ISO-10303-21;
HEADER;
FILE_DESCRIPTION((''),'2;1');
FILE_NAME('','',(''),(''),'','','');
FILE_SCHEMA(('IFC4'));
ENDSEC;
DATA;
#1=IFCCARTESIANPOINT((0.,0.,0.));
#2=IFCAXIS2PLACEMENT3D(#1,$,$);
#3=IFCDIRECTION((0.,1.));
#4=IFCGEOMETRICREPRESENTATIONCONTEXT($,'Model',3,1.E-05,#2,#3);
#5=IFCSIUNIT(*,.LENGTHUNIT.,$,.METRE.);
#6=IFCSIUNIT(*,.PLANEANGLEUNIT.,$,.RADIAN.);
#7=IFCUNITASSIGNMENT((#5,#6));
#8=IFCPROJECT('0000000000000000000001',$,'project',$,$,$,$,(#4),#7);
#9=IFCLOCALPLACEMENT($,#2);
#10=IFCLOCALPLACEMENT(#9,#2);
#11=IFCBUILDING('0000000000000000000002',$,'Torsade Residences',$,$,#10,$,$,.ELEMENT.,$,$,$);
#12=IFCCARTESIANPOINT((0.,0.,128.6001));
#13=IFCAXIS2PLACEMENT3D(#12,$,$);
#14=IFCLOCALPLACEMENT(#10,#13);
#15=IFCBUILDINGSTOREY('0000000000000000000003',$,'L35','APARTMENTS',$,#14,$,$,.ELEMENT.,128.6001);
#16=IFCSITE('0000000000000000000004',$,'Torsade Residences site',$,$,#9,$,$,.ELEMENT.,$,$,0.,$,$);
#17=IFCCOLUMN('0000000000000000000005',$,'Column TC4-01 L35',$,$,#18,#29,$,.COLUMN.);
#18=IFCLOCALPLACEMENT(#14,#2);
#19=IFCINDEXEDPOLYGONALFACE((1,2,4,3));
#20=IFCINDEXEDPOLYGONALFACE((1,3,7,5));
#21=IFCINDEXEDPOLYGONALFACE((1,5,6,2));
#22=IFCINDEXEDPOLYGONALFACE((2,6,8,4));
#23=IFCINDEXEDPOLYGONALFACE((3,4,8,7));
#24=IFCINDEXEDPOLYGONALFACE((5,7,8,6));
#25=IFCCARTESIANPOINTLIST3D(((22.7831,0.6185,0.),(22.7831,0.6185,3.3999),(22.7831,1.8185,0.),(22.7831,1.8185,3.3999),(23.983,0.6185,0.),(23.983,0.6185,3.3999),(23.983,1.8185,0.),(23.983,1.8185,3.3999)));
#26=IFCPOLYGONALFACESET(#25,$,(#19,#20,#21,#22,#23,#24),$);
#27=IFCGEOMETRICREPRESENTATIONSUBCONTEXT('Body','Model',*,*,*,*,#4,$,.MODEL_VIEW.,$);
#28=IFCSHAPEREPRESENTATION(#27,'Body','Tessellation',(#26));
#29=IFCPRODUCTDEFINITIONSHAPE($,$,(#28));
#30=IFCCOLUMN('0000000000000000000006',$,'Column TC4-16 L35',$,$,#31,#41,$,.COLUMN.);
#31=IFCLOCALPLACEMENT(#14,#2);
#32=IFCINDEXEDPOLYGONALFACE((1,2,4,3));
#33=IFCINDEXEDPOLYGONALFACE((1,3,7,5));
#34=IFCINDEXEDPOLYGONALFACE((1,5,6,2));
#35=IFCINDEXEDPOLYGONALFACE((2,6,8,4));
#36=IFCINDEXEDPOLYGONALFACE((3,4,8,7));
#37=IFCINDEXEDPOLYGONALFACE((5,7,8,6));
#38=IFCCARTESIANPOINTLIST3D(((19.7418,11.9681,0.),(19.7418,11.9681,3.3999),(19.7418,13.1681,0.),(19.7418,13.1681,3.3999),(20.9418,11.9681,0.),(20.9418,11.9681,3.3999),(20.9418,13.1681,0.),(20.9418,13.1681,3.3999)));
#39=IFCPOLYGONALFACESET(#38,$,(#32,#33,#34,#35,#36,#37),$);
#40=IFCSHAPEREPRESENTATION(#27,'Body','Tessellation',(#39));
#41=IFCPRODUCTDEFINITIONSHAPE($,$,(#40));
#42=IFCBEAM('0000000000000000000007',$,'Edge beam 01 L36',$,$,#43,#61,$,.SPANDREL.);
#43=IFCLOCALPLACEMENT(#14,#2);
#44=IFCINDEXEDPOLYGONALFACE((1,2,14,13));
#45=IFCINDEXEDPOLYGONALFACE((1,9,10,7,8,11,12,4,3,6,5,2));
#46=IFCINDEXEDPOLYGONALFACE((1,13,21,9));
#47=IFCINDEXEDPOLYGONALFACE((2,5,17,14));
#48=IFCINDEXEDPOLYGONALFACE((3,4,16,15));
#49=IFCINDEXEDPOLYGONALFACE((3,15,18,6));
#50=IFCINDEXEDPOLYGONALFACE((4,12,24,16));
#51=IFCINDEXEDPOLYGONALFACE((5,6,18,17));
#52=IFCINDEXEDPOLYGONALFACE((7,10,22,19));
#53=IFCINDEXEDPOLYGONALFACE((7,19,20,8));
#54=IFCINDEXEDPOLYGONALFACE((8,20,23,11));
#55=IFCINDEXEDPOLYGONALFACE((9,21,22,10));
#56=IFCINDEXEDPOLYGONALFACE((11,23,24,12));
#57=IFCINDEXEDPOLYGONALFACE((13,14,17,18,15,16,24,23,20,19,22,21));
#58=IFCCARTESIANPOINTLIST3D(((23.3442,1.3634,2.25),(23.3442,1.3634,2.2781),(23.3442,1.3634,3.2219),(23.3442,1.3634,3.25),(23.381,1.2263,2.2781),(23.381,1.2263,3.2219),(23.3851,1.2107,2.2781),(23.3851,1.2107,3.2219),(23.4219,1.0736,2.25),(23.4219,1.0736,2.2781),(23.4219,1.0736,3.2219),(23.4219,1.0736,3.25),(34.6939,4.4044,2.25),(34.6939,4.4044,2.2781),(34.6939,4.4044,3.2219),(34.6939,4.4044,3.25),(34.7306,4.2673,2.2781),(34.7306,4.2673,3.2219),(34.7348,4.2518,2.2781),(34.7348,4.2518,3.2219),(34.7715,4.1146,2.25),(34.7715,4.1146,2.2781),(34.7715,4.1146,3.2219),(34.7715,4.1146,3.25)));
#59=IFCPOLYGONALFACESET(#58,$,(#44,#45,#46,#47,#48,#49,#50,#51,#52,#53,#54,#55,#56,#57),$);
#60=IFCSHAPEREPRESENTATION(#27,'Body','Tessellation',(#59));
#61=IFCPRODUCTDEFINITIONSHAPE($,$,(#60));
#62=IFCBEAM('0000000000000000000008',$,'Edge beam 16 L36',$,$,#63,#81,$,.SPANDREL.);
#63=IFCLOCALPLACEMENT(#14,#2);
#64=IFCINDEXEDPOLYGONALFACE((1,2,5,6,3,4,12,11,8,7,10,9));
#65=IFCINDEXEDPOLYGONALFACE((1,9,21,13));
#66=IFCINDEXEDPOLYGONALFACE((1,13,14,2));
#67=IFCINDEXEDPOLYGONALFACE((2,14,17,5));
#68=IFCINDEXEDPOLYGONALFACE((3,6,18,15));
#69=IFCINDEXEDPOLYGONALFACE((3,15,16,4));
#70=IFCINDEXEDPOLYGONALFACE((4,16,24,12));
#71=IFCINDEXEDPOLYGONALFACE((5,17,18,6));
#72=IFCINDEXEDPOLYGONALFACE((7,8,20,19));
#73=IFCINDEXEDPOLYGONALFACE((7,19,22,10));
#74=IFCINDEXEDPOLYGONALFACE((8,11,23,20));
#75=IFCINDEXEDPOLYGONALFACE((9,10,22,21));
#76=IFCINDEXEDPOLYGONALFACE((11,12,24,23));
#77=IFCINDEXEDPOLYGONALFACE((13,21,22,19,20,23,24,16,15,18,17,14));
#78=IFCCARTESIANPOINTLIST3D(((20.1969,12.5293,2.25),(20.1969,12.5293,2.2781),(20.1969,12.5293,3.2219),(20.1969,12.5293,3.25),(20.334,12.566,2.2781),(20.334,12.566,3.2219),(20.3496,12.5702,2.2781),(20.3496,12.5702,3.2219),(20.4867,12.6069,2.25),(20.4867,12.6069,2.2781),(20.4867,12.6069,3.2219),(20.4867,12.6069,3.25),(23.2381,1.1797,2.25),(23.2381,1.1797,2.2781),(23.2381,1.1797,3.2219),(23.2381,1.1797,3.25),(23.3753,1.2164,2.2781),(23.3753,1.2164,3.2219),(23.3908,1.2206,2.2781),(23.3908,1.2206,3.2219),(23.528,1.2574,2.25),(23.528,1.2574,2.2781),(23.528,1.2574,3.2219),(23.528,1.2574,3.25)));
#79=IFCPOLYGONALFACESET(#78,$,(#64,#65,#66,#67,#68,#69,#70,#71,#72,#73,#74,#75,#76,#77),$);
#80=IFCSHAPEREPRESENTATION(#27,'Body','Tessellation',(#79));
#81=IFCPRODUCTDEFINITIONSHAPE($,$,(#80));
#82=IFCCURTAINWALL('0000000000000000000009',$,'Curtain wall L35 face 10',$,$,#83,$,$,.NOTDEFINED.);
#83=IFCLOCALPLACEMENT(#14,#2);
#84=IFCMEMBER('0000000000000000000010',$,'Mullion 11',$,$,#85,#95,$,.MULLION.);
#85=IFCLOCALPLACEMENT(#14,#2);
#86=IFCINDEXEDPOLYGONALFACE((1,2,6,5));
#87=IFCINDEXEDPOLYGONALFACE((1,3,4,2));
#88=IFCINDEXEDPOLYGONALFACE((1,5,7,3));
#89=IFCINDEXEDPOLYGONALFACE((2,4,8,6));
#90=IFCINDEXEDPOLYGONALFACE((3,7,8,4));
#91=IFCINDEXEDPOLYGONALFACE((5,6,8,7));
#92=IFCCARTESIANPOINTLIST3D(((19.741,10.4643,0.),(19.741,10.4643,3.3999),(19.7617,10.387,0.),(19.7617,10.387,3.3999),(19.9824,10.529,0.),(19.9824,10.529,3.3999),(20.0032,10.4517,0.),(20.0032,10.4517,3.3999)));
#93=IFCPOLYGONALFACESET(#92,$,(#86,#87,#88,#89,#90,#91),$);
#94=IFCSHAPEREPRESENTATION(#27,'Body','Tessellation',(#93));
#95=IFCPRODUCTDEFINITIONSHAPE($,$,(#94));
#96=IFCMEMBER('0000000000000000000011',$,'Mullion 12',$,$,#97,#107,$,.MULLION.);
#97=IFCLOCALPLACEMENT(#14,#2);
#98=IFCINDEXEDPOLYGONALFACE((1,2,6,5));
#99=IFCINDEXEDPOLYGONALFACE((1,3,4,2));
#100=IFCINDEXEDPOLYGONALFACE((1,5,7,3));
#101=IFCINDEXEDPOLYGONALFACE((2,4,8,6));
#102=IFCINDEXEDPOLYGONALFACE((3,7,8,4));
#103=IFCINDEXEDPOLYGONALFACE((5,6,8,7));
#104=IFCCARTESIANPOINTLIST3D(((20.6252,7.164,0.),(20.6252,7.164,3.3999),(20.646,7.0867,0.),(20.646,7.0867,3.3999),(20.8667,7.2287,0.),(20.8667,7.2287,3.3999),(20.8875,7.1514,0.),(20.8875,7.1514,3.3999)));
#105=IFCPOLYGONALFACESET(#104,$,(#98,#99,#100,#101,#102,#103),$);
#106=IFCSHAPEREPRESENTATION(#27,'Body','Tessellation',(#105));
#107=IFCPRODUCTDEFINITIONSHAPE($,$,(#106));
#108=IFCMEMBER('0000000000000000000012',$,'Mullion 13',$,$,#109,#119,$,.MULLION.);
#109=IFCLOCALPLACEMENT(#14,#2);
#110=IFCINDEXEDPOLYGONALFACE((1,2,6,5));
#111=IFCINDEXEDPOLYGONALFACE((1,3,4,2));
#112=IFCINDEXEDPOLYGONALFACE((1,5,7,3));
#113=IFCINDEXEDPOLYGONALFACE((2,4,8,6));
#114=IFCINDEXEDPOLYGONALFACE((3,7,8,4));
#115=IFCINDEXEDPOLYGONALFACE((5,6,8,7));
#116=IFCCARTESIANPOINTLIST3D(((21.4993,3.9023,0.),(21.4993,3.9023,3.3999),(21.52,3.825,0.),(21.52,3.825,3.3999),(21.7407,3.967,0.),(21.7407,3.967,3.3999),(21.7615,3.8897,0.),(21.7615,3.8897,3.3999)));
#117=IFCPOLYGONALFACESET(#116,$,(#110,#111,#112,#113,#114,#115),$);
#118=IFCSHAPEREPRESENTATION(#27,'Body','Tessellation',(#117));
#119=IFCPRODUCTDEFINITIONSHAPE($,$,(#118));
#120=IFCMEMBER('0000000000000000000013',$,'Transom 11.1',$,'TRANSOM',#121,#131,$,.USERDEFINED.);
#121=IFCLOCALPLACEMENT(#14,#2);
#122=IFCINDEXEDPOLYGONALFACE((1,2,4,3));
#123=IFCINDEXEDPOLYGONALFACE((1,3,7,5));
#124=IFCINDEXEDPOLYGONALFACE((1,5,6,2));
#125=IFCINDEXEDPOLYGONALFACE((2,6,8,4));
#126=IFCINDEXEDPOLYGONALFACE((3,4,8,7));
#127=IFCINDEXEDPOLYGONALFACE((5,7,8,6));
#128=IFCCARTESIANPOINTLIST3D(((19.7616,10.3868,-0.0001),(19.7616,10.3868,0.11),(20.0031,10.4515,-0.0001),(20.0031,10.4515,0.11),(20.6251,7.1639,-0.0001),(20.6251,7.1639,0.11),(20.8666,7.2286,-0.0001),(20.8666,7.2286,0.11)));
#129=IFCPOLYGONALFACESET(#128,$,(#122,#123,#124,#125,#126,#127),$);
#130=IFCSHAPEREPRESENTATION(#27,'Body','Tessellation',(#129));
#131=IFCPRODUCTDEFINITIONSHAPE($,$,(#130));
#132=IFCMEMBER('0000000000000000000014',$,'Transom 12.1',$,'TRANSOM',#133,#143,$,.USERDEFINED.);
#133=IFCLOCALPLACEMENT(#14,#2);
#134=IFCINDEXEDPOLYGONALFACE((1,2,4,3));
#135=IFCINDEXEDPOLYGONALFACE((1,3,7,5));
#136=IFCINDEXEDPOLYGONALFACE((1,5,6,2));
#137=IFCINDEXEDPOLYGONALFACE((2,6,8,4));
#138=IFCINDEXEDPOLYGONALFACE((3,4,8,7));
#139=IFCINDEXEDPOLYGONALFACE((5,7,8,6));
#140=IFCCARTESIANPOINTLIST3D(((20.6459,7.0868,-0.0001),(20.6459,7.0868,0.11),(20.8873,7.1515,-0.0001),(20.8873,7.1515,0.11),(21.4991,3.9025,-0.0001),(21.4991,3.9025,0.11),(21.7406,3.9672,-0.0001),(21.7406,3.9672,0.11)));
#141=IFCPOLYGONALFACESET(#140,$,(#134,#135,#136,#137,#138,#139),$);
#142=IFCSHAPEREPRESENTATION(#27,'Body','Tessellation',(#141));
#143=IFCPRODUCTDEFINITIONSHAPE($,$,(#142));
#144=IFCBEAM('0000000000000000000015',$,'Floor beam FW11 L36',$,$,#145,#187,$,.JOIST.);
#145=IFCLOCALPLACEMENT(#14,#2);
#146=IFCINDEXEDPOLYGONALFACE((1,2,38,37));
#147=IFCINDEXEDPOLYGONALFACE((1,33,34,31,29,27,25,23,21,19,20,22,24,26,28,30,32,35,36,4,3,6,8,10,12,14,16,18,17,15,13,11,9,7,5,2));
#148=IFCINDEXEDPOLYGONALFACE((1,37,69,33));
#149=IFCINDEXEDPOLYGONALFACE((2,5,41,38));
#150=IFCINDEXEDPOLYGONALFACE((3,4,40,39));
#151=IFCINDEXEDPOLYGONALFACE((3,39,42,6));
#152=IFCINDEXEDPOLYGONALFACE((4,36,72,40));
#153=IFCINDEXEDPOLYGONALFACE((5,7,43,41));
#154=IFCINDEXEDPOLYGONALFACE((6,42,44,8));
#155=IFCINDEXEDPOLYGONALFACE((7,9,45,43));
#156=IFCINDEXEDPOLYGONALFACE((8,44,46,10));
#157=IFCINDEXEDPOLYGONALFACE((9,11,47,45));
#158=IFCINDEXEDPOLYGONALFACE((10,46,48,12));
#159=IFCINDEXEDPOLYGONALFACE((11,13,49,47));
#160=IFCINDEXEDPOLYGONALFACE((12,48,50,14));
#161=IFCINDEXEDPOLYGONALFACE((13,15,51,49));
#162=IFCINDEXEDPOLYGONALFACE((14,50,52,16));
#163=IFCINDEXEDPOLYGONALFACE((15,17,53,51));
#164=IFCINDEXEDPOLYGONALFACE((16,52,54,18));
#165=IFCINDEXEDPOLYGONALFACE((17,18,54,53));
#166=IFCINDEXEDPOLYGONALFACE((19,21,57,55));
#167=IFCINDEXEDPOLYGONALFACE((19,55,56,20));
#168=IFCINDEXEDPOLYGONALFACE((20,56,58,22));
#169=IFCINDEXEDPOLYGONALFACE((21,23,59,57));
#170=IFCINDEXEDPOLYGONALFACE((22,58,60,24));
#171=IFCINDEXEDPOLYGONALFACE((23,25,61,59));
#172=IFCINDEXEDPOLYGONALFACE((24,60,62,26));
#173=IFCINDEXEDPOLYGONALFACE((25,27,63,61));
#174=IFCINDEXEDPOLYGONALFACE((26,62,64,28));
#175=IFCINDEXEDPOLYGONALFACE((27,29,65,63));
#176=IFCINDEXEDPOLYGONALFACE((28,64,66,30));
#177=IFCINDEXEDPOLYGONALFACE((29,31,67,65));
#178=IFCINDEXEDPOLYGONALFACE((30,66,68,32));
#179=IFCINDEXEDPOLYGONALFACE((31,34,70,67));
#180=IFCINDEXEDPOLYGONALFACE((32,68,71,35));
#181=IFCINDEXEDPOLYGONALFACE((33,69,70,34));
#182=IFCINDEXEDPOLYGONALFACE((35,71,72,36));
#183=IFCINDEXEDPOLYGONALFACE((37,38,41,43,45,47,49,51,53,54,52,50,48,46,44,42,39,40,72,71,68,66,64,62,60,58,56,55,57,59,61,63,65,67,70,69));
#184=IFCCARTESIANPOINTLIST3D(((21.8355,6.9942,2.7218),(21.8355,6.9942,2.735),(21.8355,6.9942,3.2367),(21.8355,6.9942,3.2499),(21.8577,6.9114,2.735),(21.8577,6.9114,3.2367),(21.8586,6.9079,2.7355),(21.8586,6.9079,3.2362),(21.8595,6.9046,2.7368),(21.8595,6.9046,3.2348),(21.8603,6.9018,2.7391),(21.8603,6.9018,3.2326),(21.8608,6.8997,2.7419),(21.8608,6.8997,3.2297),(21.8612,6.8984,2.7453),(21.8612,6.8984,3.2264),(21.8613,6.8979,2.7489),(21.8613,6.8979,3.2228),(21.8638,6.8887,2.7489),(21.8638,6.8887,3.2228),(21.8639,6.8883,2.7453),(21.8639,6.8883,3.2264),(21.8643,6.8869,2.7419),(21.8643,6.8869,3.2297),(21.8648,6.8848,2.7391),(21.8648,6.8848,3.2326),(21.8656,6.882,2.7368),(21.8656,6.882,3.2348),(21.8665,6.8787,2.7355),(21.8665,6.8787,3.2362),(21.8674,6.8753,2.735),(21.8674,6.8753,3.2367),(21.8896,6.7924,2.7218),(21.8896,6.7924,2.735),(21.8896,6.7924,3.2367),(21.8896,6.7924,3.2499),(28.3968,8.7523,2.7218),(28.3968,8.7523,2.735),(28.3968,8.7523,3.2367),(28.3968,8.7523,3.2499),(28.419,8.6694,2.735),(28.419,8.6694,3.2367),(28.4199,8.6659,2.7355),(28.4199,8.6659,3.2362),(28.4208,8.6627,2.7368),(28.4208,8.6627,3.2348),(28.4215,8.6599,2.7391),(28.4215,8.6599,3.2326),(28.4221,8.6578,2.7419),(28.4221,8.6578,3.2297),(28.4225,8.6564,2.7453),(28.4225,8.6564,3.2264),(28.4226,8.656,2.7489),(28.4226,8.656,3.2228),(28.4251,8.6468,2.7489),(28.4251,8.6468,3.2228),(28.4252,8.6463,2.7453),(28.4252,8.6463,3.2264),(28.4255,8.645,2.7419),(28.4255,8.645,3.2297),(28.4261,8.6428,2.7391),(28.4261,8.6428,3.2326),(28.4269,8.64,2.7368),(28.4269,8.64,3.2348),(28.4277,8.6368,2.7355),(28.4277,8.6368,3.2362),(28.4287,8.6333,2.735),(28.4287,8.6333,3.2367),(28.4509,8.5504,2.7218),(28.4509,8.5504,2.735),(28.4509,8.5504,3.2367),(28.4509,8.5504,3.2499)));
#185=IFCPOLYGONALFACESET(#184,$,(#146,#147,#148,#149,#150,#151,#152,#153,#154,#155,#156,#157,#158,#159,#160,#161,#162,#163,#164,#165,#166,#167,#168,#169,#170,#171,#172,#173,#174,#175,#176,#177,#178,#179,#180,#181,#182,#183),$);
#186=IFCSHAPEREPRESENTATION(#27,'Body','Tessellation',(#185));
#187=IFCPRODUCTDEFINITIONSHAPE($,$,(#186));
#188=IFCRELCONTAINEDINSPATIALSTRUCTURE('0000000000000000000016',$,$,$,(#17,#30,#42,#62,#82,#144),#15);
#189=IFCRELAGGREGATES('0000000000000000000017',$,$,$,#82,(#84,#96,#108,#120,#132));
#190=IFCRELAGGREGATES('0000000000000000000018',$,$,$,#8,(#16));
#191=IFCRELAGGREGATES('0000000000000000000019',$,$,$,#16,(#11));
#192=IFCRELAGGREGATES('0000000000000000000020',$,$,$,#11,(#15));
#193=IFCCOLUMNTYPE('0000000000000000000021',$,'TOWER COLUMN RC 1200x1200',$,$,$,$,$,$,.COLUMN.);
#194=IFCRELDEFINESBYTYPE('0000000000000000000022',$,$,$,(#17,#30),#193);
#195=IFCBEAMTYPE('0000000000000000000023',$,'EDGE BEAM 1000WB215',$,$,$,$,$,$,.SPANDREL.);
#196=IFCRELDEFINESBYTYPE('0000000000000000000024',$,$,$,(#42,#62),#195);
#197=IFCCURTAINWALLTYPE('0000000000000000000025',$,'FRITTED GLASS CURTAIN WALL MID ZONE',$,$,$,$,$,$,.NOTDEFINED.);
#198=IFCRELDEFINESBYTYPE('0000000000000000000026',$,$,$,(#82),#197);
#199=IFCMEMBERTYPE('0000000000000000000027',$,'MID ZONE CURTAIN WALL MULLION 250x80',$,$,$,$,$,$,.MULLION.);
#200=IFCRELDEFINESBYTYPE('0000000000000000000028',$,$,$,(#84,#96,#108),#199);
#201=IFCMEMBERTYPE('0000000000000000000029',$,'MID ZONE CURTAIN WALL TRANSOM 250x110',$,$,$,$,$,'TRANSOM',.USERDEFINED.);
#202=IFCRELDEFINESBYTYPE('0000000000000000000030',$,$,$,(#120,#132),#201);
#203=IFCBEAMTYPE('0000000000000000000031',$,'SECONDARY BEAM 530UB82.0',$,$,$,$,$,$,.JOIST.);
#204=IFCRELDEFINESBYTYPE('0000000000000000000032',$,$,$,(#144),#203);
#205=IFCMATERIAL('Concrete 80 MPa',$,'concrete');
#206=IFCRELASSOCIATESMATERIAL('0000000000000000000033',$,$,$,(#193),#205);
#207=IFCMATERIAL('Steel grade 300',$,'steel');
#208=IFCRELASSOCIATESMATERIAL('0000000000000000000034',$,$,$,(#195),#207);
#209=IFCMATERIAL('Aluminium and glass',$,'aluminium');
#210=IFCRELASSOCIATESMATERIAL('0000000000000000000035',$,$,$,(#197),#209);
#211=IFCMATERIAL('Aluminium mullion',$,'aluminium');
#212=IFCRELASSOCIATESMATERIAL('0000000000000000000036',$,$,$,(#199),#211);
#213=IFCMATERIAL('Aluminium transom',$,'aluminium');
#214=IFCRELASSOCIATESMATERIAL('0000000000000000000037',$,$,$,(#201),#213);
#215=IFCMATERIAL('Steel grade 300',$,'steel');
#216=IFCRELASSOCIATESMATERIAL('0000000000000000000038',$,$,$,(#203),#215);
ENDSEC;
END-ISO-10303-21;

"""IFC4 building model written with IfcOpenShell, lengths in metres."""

from ifc_helpers import new_model, si_unit, direction, frame, origin, origin_2d, place, context, subcontext, project, spatial, rectangle, i_section, extrude, material, material_profile, profile_set, type_object, element, aggregate, save


model = new_model("IFC4")

# Units and contexts
model_context = context("Model", 3, precision=1e-05, world=origin(), true_north=direction((0.0, 1.0)))
body_context = subcontext(model_context, "Body", "Model", "MODEL_VIEW")
ifc_project = project(units=[si_unit("LENGTHUNIT", "METRE"), si_unit("PLANEANGLEUNIT", "RADIAN")], contexts=[model_context])

# Site, building, storey
site_placement = place(None, origin())
site = spatial("IfcSite", under=ifc_project, at=site_placement, Name="Torsade Residences site", CompositionType="ELEMENT", RefElevation=0.0)
building_placement = place(site_placement, origin())
building = spatial("IfcBuilding", under=site, at=building_placement, Name="Torsade Residences", CompositionType="ELEMENT")
storey_placement = place(building_placement, frame((0.0, 0.0, 128.6001)))
storey = spatial("IfcBuildingStorey", under=building, at=storey_placement, Name="L35", Description="APARTMENTS", CompositionType="ELEMENT", Elevation=128.6001)

# Columns
ifc_material_1 = material(Name="Concrete 80 MPa", Category="concrete")
ifc_material_profile_1 = material_profile(ifc_material_1, rectangle(XDim=1.2, YDim=1.2, at=origin_2d()), Name="RC 1200x1200")
ifc_profile_set_1 = profile_set([ifc_material_profile_1], Name="Concrete 80 MPa")
column_type = type_object("IfcColumnType", Name="TOWER COLUMN RC 1200x1200", PredefinedType="COLUMN", material=ifc_profile_set_1)
for number, where, z_axis, x_axis, name in (
    (1, (23.3831, 1.2185, 0.0), (0.0, 0.0, 1.0), (1.0, 0.0, 0.0), "Column TC4-01 L35"),
    (2, (20.3418, 12.5681, 0.0), (0.0, 0.0, 1.0), (1.0, 0.0, 0.0), "Column TC4-16 L35"),
):
    element("IfcColumn", number, at=place(storey_placement, frame(where, z_axis=z_axis, x_axis=x_axis)), inside=storey, type_object=column_type, Name=name, PredefinedType="COLUMN", context=body_context, shape_type="SweptSolid", body=[
        extrude(rectangle(XDim=1.2, YDim=1.2, at=origin_2d()), origin(), (0.0, 0.0, 1.0), 3.3999),
    ])

# Beams
ifc_material_2 = material(Name="Steel grade 300", Category="steel")
ifc_material_profile_2 = material_profile(ifc_material_2, i_section(OverallWidth=0.3, OverallDepth=1.0, WebThickness=0.0161, FlangeThickness=0.0281, at=origin_2d()), Name="1000WB215")
ifc_profile_set_2 = profile_set([ifc_material_profile_2], Name="Steel grade 300")
beam_type_1 = type_object("IfcBeamType", Name="EDGE BEAM 1000WB215", PredefinedType="SPANDREL", material=ifc_profile_set_2)
for number, where, z_axis, x_axis, name in (
    (3, (23.3831, 1.2185, 2.75), (0.965928, 0.258811, 0.0), (-0.258811, 0.965928, 0.0), "Edge beam 01 L36"),
    (4, (20.3418, 12.5681, 2.75), (0.25883, -0.965923, 0.0), (0.965923, 0.25883, 0.0), "Edge beam 16 L36"),
):
    element("IfcBeam", number, at=place(storey_placement, frame(where, z_axis=z_axis, x_axis=x_axis)), inside=storey, type_object=beam_type_1, Name=name, PredefinedType="SPANDREL", context=body_context, shape_type="SweptSolid", body=[
        extrude(i_section(OverallWidth=0.3, OverallDepth=1.0, WebThickness=0.0161, FlangeThickness=0.0281, at=origin_2d()), origin(), (0.0, 0.0, 1.0), 11.75),
    ])

# Curtain wall, members
ifc_material_3 = material(Name="Aluminium and glass", Category="aluminium")
curtain_wall_type = type_object("IfcCurtainWallType", Name="FRITTED GLASS CURTAIN WALL MID ZONE", PredefinedType="NOTDEFINED", material=ifc_material_3)
curtain_wall_placement = place(storey_placement, origin())
curtain_wall = element("IfcCurtainWall", 5, at=curtain_wall_placement, inside=storey, type_object=curtain_wall_type, Name="Curtain wall L35 face 10", PredefinedType="NOTDEFINED")
ifc_material_4 = material(Name="Aluminium mullion", Category="aluminium")
ifc_material_profile_3 = material_profile(ifc_material_4, rectangle(XDim=0.25, YDim=0.0801, at=origin_2d()), Name="MID ZONE CURTAIN WALL MULLION 250x80")
ifc_profile_set_3 = profile_set([ifc_material_profile_3], Name="Aluminium mullion")
member_type_1 = type_object("IfcMemberType", Name="MID ZONE CURTAIN WALL MULLION 250x80", PredefinedType="MULLION", material=ifc_profile_set_3)
member_1_placement = place(storey_placement, frame((19.8721, 10.458, 0.0), z_axis=(0.0, 0.0, 1.0), x_axis=(0.965926, 0.258819, 0.0)))
member_1 = element("IfcMember", 6, at=member_1_placement, type_object=member_type_1, Name="Mullion 11", PredefinedType="MULLION", context=body_context, shape_type="SweptSolid", body=[
    extrude(rectangle(XDim=0.25, YDim=0.0801, at=origin_2d()), origin(), (0.0, 0.0, 1.0), 3.3999),
])
member_2_placement = place(storey_placement, frame((20.7563, 7.1577, 0.0), z_axis=(0.0, 0.0, 1.0), x_axis=(0.965926, 0.258819, 0.0)))
member_2 = element("IfcMember", 7, at=member_2_placement, type_object=member_type_1, Name="Mullion 12", PredefinedType="MULLION", context=body_context, shape_type="SweptSolid", body=[
    extrude(rectangle(XDim=0.25, YDim=0.0801, at=origin_2d()), origin(), (0.0, 0.0, 1.0), 3.3999),
])
member_3_placement = place(storey_placement, frame((21.6304, 3.896, 0.0), z_axis=(0.0, 0.0, 1.0), x_axis=(0.965926, 0.258819, 0.0)))
member_3 = element("IfcMember", 8, at=member_3_placement, type_object=member_type_1, Name="Mullion 13", PredefinedType="MULLION", context=body_context, shape_type="SweptSolid", body=[
    extrude(rectangle(XDim=0.25, YDim=0.0801, at=origin_2d()), origin(), (0.0, 0.0, 1.0), 3.3999),
])
ifc_material_5 = material(Name="Aluminium transom", Category="aluminium")
ifc_material_profile_4 = material_profile(ifc_material_5, rectangle(XDim=0.25, YDim=0.1101, at=origin_2d()), Name="MID ZONE CURTAIN WALL TRANSOM 250x110")
ifc_profile_set_4 = profile_set([ifc_material_profile_4], Name="Aluminium transom")
member_type_2 = type_object("IfcMemberType", Name="MID ZONE CURTAIN WALL TRANSOM 250x110", ElementType="TRANSOM", PredefinedType="USERDEFINED", material=ifc_profile_set_4)
member_4_placement = place(storey_placement, frame((19.8823, 10.4192, 0.0549), z_axis=(0.258806, -0.965929, 0.0), x_axis=(0.965929, 0.258806, 0.0)))
member_4 = element("IfcMember", 9, at=member_4_placement, type_object=member_type_2, Name="Transom 11.1", ObjectType="TRANSOM", PredefinedType="USERDEFINED", context=body_context, shape_type="SweptSolid", body=[
    extrude(rectangle(XDim=0.25, YDim=0.1101, at=origin_2d()), origin(), (0.0, 0.0, 1.0), 3.3367),
])
member_5_placement = place(storey_placement, frame((20.7666, 7.1191, 0.0549), z_axis=(0.258829, -0.965923, 0.0), x_axis=(0.965923, 0.258829, 0.0)))
member_5 = element("IfcMember", 10, at=member_5_placement, type_object=member_type_2, Name="Transom 12.1", ObjectType="TRANSOM", PredefinedType="USERDEFINED", context=body_context, shape_type="SweptSolid", body=[
    extrude(rectangle(XDim=0.25, YDim=0.1101, at=origin_2d()), origin(), (0.0, 0.0, 1.0), 3.2966),
])

# Beam
ifc_material_6 = material(Name="Steel grade 300", Category="steel")
ifc_material_profile_5 = material_profile(ifc_material_6, i_section(OverallWidth=0.209, OverallDepth=0.5281, WebThickness=0.0095, FlangeThickness=0.0132, FilletRadius=0.0139, at=origin_2d()), Name="530UB82.0")
ifc_profile_set_5 = profile_set([ifc_material_profile_5], Name="Steel grade 300")
beam_type_2 = type_object("IfcBeamType", Name="SECONDARY BEAM 530UB82.0", PredefinedType="JOIST", material=ifc_profile_set_5)
beam_1_placement = place(storey_placement, frame((21.8625, 6.8933, 2.9858), z_axis=(0.965927, 0.258815, 0.0), x_axis=(-0.258815, 0.965927, 0.0)))
element("IfcBeam", 11, at=beam_1_placement, inside=storey, type_object=beam_type_2, Name="Floor beam FW11 L36", PredefinedType="JOIST", context=body_context, shape_type="SweptSolid", body=[
    extrude(i_section(OverallWidth=0.209, OverallDepth=0.5281, WebThickness=0.0095, FlangeThickness=0.0132, FilletRadius=0.0139, at=origin_2d()), origin(), (0.0, 0.0, 1.0), 6.7927),
])

aggregate(curtain_wall, [member_1, member_2, member_3, member_4, member_5])

save(model, "model.ifc")
